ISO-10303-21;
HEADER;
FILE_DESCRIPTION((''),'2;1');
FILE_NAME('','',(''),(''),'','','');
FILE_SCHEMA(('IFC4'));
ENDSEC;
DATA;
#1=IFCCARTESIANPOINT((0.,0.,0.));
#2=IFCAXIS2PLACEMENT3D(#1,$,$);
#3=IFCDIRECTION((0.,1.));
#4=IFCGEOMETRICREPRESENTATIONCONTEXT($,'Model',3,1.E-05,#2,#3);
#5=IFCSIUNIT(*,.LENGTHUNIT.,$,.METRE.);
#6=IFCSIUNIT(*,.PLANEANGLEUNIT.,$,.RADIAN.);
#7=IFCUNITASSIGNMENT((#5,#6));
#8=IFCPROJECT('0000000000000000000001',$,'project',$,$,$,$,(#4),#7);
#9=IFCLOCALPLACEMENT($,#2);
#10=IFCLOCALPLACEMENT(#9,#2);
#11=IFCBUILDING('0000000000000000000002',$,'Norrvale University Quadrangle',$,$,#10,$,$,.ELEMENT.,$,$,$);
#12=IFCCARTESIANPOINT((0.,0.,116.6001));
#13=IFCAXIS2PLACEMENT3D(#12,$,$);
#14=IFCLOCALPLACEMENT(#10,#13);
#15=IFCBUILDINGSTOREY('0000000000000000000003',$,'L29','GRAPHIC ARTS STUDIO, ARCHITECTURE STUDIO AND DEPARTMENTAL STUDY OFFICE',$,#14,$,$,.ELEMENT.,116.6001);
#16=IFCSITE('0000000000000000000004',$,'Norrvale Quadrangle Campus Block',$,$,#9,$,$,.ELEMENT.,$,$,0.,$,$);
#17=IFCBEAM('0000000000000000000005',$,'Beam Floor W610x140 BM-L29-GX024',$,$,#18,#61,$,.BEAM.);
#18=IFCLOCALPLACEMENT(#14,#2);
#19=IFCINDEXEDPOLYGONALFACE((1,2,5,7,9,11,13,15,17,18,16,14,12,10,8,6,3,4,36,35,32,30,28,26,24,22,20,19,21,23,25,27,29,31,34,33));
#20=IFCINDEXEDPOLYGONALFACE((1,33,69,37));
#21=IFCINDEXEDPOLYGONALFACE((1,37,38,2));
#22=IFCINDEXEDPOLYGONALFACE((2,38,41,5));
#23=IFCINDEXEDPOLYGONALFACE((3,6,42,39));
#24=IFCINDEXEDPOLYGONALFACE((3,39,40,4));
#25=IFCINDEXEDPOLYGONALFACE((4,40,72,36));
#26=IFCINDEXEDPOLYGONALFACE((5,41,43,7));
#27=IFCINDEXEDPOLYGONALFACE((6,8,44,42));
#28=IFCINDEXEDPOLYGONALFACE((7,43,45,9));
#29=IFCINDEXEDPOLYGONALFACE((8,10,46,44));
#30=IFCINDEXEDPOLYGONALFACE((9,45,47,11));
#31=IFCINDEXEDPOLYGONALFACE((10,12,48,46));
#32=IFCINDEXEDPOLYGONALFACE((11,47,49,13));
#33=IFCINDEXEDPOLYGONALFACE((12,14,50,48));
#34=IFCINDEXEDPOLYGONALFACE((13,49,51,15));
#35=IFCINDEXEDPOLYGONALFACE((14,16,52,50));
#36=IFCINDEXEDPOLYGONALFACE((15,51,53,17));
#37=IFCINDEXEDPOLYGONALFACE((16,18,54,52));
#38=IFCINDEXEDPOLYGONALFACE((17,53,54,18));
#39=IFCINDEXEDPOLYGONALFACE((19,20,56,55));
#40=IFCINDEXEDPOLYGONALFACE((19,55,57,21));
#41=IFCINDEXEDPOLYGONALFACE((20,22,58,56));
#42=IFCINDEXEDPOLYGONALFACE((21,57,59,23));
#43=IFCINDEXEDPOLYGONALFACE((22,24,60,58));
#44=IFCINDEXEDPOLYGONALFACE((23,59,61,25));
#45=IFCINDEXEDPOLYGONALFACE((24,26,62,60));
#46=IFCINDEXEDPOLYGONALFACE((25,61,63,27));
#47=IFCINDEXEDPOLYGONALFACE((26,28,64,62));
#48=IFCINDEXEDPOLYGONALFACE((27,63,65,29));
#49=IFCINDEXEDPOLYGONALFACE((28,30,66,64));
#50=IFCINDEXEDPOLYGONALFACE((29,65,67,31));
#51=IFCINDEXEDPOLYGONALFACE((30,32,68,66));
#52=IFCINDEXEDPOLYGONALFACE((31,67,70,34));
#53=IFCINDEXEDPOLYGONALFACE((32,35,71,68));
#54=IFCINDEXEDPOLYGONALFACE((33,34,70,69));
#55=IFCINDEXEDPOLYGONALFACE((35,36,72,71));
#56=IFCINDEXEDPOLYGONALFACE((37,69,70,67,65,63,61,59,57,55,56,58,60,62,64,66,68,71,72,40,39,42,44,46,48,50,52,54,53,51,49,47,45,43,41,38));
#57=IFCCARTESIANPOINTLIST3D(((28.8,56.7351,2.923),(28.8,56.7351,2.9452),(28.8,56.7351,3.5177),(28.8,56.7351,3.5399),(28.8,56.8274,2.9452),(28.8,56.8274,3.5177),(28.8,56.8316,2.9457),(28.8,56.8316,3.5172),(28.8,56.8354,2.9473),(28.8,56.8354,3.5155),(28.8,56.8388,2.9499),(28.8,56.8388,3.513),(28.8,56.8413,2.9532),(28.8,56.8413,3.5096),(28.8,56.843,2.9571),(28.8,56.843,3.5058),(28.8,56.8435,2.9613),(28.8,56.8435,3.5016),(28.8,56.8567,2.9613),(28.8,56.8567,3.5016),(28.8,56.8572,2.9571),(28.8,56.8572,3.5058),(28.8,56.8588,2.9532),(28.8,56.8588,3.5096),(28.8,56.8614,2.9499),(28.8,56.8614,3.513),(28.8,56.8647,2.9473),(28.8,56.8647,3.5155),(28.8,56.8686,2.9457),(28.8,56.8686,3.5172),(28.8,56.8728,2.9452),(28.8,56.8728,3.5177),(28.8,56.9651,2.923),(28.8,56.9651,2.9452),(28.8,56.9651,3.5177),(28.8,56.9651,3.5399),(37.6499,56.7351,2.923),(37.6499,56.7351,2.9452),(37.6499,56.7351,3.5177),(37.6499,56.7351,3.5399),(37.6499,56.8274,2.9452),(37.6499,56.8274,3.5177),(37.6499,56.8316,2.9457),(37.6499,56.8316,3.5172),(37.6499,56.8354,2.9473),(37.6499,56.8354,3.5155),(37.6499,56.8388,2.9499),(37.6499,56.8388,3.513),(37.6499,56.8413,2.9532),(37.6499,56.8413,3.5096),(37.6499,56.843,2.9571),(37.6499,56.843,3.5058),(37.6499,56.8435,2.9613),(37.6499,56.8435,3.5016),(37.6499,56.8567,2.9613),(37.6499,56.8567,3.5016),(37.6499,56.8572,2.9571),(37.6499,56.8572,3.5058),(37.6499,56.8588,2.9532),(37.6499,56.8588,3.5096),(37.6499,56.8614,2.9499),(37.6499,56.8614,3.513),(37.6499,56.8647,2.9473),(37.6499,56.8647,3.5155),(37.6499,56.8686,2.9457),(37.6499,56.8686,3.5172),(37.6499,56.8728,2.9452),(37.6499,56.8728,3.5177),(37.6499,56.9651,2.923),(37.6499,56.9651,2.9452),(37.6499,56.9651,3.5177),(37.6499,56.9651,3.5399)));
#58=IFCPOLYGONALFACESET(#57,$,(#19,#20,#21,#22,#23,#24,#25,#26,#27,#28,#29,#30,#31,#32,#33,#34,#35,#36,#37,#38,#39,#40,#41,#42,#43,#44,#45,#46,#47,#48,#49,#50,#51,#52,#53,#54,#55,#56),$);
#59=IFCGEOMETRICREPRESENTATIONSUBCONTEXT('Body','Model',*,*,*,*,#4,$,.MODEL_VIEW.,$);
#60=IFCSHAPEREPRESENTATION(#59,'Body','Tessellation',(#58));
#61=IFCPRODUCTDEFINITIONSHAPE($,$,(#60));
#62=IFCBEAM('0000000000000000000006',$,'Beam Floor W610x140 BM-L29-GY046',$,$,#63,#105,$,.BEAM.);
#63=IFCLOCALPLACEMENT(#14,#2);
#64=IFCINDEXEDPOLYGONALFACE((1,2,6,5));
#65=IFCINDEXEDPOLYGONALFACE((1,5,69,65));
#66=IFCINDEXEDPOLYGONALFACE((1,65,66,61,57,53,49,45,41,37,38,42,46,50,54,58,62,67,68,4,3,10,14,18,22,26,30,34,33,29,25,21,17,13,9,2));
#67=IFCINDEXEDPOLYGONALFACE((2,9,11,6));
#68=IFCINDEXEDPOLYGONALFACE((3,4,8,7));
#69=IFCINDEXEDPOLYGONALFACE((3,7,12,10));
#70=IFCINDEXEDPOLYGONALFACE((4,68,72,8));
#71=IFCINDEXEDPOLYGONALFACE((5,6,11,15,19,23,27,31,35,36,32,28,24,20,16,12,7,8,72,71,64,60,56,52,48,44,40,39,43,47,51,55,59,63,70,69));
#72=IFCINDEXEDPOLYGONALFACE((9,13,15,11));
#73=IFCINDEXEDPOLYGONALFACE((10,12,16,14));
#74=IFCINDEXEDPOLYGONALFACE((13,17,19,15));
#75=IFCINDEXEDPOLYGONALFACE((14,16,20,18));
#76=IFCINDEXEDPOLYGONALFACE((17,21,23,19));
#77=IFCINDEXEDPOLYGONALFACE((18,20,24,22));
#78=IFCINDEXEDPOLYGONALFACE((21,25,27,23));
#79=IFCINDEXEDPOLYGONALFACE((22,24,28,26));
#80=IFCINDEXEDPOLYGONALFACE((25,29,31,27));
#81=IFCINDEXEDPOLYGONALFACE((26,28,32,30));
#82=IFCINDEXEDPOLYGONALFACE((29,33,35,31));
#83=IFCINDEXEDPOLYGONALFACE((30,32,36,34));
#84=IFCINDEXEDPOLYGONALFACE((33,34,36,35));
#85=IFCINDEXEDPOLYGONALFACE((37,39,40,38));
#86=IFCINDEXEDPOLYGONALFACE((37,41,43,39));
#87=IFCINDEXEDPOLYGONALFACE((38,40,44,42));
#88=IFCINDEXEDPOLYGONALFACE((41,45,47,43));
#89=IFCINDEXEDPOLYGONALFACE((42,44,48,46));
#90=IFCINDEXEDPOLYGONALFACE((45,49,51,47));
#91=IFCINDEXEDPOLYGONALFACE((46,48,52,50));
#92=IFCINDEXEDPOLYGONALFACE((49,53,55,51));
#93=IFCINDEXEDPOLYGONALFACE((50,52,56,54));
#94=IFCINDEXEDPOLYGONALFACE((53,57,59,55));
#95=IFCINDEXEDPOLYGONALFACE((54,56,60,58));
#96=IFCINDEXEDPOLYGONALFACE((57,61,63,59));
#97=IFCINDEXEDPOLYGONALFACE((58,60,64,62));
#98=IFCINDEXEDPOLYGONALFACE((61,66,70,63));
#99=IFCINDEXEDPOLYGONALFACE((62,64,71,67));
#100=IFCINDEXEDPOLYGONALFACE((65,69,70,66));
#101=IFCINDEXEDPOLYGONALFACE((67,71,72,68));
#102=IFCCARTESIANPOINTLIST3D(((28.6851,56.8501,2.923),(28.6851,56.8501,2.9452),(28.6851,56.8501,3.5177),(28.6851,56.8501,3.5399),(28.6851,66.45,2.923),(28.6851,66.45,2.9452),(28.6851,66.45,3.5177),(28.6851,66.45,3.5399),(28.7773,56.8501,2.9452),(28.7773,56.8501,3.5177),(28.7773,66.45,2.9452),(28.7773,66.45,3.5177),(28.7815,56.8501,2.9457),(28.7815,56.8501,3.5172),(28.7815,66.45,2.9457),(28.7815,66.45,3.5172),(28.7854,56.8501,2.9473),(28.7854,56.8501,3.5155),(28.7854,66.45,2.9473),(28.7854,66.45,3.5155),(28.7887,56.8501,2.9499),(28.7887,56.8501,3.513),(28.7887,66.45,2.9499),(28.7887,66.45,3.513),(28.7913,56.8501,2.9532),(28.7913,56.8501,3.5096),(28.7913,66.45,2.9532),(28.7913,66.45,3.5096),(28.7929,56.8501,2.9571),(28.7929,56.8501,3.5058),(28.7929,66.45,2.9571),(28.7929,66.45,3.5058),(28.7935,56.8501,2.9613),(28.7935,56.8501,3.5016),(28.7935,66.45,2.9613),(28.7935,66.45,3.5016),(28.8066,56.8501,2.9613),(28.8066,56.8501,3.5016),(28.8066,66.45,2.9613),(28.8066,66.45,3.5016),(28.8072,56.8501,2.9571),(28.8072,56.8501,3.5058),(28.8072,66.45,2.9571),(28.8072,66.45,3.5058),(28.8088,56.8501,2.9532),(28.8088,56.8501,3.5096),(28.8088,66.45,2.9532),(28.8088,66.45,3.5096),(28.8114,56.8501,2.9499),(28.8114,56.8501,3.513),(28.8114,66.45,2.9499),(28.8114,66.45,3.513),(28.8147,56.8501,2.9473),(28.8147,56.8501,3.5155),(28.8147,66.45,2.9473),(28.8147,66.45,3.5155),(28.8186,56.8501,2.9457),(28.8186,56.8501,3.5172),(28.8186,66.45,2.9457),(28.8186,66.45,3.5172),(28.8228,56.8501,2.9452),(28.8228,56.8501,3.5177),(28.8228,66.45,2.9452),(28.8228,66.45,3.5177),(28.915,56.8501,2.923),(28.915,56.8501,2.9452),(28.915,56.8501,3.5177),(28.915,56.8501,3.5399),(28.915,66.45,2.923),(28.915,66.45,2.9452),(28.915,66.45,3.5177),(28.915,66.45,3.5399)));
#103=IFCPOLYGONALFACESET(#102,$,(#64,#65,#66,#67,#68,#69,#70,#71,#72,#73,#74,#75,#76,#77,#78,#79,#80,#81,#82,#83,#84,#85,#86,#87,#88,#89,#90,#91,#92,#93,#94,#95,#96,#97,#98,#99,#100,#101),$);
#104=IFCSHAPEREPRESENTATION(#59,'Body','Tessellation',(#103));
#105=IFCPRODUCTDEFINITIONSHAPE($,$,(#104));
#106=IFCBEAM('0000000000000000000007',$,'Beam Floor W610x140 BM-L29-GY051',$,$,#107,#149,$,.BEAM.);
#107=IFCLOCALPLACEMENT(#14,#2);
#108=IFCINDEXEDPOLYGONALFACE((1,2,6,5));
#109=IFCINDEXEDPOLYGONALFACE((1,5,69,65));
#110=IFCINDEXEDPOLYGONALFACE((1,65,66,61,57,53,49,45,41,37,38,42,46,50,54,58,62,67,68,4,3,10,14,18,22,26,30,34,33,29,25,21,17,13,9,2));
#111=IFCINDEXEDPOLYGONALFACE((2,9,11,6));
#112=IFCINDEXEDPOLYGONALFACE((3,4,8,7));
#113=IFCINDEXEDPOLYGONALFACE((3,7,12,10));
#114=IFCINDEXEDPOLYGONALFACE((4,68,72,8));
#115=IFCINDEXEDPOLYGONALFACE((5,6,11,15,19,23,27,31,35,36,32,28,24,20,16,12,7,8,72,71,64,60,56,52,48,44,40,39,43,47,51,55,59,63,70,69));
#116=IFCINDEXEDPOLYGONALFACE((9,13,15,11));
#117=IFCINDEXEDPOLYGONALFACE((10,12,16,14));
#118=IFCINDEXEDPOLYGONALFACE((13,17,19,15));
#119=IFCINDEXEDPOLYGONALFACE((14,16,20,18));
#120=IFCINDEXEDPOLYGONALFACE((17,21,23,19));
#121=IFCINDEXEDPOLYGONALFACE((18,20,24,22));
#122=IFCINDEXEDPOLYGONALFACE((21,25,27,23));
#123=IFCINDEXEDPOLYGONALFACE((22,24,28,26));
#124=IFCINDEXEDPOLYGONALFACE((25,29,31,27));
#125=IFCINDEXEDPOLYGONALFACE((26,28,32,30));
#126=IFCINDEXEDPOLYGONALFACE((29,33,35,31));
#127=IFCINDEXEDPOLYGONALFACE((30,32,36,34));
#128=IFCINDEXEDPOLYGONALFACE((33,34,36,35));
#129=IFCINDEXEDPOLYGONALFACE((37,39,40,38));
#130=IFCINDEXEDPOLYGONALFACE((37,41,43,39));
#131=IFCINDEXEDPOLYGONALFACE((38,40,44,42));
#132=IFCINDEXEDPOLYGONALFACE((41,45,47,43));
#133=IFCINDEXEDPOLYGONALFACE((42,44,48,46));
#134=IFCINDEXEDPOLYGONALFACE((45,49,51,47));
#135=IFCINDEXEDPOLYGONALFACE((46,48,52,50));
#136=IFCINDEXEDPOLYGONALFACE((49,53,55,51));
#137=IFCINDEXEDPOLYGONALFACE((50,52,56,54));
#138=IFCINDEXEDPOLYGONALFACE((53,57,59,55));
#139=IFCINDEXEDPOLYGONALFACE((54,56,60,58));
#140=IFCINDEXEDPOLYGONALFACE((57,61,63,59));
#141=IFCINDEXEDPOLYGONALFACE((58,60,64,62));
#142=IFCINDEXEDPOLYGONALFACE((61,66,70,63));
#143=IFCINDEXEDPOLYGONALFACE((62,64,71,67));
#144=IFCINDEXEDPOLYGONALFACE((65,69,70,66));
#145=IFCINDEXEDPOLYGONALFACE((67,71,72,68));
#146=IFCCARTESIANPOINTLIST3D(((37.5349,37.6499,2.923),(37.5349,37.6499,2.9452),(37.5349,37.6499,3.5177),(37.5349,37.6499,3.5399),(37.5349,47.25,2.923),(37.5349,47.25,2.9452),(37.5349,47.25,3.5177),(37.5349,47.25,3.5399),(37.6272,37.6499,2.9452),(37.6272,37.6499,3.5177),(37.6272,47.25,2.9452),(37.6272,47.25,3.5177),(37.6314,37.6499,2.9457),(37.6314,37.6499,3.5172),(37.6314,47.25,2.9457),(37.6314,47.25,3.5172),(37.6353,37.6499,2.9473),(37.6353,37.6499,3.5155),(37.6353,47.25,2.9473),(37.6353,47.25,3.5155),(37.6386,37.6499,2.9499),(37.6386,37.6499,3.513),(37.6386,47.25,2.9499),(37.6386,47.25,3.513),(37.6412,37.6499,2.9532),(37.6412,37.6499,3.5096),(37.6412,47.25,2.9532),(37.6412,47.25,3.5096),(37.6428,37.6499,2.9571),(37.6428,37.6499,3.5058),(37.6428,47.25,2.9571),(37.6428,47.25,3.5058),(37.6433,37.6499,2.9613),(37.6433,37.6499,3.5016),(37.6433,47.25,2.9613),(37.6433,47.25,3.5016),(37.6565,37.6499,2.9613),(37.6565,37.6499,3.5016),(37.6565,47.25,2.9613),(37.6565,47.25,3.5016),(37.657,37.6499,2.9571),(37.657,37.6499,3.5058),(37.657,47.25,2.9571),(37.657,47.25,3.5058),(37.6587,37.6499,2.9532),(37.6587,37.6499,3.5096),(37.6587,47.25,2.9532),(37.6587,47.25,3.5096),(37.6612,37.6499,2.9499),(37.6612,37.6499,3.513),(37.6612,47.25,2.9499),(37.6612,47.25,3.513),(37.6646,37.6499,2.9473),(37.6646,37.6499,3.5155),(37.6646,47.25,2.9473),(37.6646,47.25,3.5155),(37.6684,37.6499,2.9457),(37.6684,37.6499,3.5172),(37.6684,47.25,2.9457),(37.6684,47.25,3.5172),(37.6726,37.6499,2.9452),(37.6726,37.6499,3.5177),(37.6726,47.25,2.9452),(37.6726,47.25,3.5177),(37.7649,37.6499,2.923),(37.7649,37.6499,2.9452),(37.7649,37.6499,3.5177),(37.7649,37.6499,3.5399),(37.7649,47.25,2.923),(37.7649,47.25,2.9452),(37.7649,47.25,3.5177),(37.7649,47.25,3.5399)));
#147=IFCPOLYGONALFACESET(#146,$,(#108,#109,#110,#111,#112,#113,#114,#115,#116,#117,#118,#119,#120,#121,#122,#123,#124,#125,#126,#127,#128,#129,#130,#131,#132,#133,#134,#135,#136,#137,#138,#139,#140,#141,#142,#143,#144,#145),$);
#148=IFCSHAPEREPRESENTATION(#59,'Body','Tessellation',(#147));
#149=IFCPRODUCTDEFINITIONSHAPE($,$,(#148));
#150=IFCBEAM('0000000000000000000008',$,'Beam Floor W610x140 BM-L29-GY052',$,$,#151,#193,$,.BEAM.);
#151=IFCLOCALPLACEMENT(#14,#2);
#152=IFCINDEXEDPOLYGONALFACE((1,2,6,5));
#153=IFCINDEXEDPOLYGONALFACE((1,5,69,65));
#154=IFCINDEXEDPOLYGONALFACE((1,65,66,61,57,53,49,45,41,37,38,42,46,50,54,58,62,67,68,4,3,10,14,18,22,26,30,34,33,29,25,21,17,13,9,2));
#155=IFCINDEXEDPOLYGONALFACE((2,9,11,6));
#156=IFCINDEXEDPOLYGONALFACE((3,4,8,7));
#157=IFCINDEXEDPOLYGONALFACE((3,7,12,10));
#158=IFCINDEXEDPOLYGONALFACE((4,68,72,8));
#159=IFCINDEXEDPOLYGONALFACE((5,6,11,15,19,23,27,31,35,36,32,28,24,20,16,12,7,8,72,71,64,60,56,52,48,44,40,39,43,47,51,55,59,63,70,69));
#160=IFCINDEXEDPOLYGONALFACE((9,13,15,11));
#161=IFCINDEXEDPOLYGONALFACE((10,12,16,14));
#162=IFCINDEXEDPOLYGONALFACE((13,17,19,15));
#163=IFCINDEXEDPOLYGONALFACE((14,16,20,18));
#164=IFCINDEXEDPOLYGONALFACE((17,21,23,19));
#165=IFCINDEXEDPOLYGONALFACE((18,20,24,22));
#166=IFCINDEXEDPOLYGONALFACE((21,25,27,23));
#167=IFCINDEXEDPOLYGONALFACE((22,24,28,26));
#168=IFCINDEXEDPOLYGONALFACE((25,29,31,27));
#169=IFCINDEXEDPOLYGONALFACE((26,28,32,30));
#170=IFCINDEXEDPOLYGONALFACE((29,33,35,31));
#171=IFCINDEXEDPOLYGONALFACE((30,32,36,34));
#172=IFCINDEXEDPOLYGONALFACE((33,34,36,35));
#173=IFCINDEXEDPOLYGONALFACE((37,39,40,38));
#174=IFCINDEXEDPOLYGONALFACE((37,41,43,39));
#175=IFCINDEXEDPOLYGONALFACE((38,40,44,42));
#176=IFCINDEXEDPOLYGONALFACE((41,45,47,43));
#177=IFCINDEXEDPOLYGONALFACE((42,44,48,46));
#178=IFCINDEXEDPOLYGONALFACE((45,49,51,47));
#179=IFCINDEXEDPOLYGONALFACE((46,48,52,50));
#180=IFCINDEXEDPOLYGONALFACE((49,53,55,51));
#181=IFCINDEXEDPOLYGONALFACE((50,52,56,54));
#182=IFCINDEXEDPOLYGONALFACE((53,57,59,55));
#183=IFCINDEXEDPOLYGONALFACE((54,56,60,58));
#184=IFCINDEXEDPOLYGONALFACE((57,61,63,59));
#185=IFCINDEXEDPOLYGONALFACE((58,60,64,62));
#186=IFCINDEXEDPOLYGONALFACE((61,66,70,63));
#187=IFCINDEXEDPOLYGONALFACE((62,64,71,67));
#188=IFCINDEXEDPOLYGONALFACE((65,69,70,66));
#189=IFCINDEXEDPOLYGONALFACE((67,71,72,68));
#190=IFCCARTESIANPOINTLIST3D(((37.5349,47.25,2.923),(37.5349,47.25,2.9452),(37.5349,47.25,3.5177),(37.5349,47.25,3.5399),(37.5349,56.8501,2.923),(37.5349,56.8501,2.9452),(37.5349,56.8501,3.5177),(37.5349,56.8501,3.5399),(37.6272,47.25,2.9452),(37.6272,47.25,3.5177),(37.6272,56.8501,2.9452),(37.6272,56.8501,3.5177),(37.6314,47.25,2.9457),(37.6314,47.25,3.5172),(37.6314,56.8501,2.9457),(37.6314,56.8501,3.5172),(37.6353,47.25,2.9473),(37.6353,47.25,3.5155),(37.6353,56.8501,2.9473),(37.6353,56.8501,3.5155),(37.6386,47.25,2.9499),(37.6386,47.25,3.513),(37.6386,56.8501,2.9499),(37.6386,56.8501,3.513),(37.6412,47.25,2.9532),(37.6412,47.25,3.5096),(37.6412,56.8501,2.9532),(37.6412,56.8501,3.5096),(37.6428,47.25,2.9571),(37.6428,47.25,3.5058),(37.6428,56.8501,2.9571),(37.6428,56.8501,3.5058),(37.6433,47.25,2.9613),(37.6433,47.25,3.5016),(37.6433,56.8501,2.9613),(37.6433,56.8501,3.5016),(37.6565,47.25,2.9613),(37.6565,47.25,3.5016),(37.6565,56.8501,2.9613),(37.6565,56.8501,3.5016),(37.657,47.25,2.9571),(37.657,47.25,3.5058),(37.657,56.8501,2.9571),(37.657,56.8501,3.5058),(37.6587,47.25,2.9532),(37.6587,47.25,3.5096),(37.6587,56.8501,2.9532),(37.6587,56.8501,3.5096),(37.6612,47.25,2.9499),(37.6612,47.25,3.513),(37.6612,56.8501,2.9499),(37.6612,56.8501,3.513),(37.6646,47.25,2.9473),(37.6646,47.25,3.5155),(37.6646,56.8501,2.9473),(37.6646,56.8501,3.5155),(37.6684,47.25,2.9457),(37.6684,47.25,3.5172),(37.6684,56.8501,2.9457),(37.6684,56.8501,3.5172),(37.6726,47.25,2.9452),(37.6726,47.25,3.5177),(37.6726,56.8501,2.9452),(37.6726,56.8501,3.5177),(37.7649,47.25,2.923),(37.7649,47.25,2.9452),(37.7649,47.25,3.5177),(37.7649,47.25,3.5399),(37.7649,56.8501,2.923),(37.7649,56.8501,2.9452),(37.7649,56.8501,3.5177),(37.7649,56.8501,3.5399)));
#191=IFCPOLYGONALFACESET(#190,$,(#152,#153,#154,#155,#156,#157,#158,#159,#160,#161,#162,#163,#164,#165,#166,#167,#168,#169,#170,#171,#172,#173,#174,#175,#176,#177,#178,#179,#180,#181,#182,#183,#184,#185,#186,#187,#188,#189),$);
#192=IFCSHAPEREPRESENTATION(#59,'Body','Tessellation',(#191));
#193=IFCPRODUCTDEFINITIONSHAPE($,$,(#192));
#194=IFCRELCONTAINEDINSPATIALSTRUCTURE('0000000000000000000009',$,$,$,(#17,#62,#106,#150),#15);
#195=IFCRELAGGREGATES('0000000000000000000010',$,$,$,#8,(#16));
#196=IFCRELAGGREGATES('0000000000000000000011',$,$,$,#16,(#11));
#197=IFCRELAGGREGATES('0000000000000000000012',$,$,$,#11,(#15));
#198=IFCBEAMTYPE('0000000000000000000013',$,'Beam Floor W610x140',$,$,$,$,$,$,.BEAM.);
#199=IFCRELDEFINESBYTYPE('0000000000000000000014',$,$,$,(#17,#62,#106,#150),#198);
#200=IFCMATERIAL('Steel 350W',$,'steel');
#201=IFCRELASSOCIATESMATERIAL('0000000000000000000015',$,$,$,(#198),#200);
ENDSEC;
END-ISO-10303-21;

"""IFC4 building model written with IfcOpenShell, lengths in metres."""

from ifc_helpers import new_model, si_unit, direction, frame, origin, origin_2d, place, context, subcontext, project, spatial, i_section, extrude, material, material_profile, profile_set, type_object, element, save


model = new_model("IFC4")

# Units and contexts
model_context = context("Model", 3, precision=1e-05, world=origin(), true_north=direction((0.0, 1.0)))
body_context = subcontext(model_context, "Body", "Model", "MODEL_VIEW")
ifc_project = project(units=[si_unit("LENGTHUNIT", "METRE"), si_unit("PLANEANGLEUNIT", "RADIAN")], contexts=[model_context])

# Site, building, storey
site_placement = place(None, origin())
site = spatial("IfcSite", under=ifc_project, at=site_placement, Name="Norrvale Quadrangle Campus Block", CompositionType="ELEMENT", RefElevation=0.0)
building_placement = place(site_placement, origin())
building = spatial("IfcBuilding", under=site, at=building_placement, Name="Norrvale University Quadrangle", CompositionType="ELEMENT")
storey_placement = place(building_placement, frame((0.0, 0.0, 116.6001)))
storey = spatial("IfcBuildingStorey", under=building, at=storey_placement, Name="L29", Description="GRAPHIC ARTS STUDIO, ARCHITECTURE STUDIO AND DEPARTMENTAL STUDY OFFICE", CompositionType="ELEMENT", Elevation=116.6001)

# Beams
ifc_material_1 = material(Name="Steel 350W", Category="steel")
ifc_material_profile_1 = material_profile(ifc_material_1, i_section(OverallWidth=0.23, OverallDepth=0.6169, WebThickness=0.0132, FlangeThickness=0.0222, FilletRadius=0.0161, at=origin_2d()), Name="Steel 350W")
ifc_profile_set_1 = profile_set([ifc_material_profile_1], Name="Steel 350W")
beam_type_1 = type_object("IfcBeamType", Name="Beam Floor W610x140", PredefinedType="BEAM", material=ifc_profile_set_1)
beam_1_placement = place(storey_placement, frame((28.8, 56.8501, 3.2314), z_axis=(1.0, 0.0, 0.0), x_axis=(0.0, 1.0, 0.0)))
element("IfcBeam", 1, at=beam_1_placement, inside=storey, type_object=beam_type_1, Name="Beam Floor W610x140 BM-L29-GX024", PredefinedType="BEAM", context=body_context, shape_type="SweptSolid", body=[
    extrude(i_section(OverallWidth=0.23, OverallDepth=0.6169, WebThickness=0.0132, FlangeThickness=0.0222, FilletRadius=0.0161, at=origin_2d()), origin(), (0.0, 0.0, 1.0), 8.8499),
])
beam_2_placement = place(storey_placement, frame((28.8, 56.8501, 3.2314), z_axis=(0.0, 1.0, 0.0), x_axis=(-1.0, 0.0, 0.0)))
element("IfcBeam", 2, at=beam_2_placement, inside=storey, type_object=beam_type_1, Name="Beam Floor W610x140 BM-L29-GY046", PredefinedType="BEAM", context=body_context, shape_type="SweptSolid", body=[
    extrude(i_section(OverallWidth=0.23, OverallDepth=0.6169, WebThickness=0.0132, FlangeThickness=0.0222, FilletRadius=0.0161, at=origin_2d()), origin(), (0.0, 0.0, 1.0), 9.5999),
])
for number, where, z_axis, x_axis, name in (
    (3, (37.6499, 37.6499, 3.2314), (0.0, 1.0, 0.0), (-1.0, 0.0, 0.0), "Beam Floor W610x140 BM-L29-GY051"),
    (4, (37.6499, 47.25, 3.2314), (0.0, 1.0, 0.0), (-1.0, 0.0, 0.0), "Beam Floor W610x140 BM-L29-GY052"),
):
    element("IfcBeam", number, at=place(storey_placement, frame(where, z_axis=z_axis, x_axis=x_axis)), inside=storey, type_object=beam_type_1, Name=name, PredefinedType="BEAM", context=body_context, shape_type="SweptSolid", body=[
        extrude(i_section(OverallWidth=0.23, OverallDepth=0.6169, WebThickness=0.0132, FlangeThickness=0.0222, FilletRadius=0.0161, at=origin_2d()), origin(), (0.0, 0.0, 1.0), 9.6001),
    ])

save(model, "model.ifc")
